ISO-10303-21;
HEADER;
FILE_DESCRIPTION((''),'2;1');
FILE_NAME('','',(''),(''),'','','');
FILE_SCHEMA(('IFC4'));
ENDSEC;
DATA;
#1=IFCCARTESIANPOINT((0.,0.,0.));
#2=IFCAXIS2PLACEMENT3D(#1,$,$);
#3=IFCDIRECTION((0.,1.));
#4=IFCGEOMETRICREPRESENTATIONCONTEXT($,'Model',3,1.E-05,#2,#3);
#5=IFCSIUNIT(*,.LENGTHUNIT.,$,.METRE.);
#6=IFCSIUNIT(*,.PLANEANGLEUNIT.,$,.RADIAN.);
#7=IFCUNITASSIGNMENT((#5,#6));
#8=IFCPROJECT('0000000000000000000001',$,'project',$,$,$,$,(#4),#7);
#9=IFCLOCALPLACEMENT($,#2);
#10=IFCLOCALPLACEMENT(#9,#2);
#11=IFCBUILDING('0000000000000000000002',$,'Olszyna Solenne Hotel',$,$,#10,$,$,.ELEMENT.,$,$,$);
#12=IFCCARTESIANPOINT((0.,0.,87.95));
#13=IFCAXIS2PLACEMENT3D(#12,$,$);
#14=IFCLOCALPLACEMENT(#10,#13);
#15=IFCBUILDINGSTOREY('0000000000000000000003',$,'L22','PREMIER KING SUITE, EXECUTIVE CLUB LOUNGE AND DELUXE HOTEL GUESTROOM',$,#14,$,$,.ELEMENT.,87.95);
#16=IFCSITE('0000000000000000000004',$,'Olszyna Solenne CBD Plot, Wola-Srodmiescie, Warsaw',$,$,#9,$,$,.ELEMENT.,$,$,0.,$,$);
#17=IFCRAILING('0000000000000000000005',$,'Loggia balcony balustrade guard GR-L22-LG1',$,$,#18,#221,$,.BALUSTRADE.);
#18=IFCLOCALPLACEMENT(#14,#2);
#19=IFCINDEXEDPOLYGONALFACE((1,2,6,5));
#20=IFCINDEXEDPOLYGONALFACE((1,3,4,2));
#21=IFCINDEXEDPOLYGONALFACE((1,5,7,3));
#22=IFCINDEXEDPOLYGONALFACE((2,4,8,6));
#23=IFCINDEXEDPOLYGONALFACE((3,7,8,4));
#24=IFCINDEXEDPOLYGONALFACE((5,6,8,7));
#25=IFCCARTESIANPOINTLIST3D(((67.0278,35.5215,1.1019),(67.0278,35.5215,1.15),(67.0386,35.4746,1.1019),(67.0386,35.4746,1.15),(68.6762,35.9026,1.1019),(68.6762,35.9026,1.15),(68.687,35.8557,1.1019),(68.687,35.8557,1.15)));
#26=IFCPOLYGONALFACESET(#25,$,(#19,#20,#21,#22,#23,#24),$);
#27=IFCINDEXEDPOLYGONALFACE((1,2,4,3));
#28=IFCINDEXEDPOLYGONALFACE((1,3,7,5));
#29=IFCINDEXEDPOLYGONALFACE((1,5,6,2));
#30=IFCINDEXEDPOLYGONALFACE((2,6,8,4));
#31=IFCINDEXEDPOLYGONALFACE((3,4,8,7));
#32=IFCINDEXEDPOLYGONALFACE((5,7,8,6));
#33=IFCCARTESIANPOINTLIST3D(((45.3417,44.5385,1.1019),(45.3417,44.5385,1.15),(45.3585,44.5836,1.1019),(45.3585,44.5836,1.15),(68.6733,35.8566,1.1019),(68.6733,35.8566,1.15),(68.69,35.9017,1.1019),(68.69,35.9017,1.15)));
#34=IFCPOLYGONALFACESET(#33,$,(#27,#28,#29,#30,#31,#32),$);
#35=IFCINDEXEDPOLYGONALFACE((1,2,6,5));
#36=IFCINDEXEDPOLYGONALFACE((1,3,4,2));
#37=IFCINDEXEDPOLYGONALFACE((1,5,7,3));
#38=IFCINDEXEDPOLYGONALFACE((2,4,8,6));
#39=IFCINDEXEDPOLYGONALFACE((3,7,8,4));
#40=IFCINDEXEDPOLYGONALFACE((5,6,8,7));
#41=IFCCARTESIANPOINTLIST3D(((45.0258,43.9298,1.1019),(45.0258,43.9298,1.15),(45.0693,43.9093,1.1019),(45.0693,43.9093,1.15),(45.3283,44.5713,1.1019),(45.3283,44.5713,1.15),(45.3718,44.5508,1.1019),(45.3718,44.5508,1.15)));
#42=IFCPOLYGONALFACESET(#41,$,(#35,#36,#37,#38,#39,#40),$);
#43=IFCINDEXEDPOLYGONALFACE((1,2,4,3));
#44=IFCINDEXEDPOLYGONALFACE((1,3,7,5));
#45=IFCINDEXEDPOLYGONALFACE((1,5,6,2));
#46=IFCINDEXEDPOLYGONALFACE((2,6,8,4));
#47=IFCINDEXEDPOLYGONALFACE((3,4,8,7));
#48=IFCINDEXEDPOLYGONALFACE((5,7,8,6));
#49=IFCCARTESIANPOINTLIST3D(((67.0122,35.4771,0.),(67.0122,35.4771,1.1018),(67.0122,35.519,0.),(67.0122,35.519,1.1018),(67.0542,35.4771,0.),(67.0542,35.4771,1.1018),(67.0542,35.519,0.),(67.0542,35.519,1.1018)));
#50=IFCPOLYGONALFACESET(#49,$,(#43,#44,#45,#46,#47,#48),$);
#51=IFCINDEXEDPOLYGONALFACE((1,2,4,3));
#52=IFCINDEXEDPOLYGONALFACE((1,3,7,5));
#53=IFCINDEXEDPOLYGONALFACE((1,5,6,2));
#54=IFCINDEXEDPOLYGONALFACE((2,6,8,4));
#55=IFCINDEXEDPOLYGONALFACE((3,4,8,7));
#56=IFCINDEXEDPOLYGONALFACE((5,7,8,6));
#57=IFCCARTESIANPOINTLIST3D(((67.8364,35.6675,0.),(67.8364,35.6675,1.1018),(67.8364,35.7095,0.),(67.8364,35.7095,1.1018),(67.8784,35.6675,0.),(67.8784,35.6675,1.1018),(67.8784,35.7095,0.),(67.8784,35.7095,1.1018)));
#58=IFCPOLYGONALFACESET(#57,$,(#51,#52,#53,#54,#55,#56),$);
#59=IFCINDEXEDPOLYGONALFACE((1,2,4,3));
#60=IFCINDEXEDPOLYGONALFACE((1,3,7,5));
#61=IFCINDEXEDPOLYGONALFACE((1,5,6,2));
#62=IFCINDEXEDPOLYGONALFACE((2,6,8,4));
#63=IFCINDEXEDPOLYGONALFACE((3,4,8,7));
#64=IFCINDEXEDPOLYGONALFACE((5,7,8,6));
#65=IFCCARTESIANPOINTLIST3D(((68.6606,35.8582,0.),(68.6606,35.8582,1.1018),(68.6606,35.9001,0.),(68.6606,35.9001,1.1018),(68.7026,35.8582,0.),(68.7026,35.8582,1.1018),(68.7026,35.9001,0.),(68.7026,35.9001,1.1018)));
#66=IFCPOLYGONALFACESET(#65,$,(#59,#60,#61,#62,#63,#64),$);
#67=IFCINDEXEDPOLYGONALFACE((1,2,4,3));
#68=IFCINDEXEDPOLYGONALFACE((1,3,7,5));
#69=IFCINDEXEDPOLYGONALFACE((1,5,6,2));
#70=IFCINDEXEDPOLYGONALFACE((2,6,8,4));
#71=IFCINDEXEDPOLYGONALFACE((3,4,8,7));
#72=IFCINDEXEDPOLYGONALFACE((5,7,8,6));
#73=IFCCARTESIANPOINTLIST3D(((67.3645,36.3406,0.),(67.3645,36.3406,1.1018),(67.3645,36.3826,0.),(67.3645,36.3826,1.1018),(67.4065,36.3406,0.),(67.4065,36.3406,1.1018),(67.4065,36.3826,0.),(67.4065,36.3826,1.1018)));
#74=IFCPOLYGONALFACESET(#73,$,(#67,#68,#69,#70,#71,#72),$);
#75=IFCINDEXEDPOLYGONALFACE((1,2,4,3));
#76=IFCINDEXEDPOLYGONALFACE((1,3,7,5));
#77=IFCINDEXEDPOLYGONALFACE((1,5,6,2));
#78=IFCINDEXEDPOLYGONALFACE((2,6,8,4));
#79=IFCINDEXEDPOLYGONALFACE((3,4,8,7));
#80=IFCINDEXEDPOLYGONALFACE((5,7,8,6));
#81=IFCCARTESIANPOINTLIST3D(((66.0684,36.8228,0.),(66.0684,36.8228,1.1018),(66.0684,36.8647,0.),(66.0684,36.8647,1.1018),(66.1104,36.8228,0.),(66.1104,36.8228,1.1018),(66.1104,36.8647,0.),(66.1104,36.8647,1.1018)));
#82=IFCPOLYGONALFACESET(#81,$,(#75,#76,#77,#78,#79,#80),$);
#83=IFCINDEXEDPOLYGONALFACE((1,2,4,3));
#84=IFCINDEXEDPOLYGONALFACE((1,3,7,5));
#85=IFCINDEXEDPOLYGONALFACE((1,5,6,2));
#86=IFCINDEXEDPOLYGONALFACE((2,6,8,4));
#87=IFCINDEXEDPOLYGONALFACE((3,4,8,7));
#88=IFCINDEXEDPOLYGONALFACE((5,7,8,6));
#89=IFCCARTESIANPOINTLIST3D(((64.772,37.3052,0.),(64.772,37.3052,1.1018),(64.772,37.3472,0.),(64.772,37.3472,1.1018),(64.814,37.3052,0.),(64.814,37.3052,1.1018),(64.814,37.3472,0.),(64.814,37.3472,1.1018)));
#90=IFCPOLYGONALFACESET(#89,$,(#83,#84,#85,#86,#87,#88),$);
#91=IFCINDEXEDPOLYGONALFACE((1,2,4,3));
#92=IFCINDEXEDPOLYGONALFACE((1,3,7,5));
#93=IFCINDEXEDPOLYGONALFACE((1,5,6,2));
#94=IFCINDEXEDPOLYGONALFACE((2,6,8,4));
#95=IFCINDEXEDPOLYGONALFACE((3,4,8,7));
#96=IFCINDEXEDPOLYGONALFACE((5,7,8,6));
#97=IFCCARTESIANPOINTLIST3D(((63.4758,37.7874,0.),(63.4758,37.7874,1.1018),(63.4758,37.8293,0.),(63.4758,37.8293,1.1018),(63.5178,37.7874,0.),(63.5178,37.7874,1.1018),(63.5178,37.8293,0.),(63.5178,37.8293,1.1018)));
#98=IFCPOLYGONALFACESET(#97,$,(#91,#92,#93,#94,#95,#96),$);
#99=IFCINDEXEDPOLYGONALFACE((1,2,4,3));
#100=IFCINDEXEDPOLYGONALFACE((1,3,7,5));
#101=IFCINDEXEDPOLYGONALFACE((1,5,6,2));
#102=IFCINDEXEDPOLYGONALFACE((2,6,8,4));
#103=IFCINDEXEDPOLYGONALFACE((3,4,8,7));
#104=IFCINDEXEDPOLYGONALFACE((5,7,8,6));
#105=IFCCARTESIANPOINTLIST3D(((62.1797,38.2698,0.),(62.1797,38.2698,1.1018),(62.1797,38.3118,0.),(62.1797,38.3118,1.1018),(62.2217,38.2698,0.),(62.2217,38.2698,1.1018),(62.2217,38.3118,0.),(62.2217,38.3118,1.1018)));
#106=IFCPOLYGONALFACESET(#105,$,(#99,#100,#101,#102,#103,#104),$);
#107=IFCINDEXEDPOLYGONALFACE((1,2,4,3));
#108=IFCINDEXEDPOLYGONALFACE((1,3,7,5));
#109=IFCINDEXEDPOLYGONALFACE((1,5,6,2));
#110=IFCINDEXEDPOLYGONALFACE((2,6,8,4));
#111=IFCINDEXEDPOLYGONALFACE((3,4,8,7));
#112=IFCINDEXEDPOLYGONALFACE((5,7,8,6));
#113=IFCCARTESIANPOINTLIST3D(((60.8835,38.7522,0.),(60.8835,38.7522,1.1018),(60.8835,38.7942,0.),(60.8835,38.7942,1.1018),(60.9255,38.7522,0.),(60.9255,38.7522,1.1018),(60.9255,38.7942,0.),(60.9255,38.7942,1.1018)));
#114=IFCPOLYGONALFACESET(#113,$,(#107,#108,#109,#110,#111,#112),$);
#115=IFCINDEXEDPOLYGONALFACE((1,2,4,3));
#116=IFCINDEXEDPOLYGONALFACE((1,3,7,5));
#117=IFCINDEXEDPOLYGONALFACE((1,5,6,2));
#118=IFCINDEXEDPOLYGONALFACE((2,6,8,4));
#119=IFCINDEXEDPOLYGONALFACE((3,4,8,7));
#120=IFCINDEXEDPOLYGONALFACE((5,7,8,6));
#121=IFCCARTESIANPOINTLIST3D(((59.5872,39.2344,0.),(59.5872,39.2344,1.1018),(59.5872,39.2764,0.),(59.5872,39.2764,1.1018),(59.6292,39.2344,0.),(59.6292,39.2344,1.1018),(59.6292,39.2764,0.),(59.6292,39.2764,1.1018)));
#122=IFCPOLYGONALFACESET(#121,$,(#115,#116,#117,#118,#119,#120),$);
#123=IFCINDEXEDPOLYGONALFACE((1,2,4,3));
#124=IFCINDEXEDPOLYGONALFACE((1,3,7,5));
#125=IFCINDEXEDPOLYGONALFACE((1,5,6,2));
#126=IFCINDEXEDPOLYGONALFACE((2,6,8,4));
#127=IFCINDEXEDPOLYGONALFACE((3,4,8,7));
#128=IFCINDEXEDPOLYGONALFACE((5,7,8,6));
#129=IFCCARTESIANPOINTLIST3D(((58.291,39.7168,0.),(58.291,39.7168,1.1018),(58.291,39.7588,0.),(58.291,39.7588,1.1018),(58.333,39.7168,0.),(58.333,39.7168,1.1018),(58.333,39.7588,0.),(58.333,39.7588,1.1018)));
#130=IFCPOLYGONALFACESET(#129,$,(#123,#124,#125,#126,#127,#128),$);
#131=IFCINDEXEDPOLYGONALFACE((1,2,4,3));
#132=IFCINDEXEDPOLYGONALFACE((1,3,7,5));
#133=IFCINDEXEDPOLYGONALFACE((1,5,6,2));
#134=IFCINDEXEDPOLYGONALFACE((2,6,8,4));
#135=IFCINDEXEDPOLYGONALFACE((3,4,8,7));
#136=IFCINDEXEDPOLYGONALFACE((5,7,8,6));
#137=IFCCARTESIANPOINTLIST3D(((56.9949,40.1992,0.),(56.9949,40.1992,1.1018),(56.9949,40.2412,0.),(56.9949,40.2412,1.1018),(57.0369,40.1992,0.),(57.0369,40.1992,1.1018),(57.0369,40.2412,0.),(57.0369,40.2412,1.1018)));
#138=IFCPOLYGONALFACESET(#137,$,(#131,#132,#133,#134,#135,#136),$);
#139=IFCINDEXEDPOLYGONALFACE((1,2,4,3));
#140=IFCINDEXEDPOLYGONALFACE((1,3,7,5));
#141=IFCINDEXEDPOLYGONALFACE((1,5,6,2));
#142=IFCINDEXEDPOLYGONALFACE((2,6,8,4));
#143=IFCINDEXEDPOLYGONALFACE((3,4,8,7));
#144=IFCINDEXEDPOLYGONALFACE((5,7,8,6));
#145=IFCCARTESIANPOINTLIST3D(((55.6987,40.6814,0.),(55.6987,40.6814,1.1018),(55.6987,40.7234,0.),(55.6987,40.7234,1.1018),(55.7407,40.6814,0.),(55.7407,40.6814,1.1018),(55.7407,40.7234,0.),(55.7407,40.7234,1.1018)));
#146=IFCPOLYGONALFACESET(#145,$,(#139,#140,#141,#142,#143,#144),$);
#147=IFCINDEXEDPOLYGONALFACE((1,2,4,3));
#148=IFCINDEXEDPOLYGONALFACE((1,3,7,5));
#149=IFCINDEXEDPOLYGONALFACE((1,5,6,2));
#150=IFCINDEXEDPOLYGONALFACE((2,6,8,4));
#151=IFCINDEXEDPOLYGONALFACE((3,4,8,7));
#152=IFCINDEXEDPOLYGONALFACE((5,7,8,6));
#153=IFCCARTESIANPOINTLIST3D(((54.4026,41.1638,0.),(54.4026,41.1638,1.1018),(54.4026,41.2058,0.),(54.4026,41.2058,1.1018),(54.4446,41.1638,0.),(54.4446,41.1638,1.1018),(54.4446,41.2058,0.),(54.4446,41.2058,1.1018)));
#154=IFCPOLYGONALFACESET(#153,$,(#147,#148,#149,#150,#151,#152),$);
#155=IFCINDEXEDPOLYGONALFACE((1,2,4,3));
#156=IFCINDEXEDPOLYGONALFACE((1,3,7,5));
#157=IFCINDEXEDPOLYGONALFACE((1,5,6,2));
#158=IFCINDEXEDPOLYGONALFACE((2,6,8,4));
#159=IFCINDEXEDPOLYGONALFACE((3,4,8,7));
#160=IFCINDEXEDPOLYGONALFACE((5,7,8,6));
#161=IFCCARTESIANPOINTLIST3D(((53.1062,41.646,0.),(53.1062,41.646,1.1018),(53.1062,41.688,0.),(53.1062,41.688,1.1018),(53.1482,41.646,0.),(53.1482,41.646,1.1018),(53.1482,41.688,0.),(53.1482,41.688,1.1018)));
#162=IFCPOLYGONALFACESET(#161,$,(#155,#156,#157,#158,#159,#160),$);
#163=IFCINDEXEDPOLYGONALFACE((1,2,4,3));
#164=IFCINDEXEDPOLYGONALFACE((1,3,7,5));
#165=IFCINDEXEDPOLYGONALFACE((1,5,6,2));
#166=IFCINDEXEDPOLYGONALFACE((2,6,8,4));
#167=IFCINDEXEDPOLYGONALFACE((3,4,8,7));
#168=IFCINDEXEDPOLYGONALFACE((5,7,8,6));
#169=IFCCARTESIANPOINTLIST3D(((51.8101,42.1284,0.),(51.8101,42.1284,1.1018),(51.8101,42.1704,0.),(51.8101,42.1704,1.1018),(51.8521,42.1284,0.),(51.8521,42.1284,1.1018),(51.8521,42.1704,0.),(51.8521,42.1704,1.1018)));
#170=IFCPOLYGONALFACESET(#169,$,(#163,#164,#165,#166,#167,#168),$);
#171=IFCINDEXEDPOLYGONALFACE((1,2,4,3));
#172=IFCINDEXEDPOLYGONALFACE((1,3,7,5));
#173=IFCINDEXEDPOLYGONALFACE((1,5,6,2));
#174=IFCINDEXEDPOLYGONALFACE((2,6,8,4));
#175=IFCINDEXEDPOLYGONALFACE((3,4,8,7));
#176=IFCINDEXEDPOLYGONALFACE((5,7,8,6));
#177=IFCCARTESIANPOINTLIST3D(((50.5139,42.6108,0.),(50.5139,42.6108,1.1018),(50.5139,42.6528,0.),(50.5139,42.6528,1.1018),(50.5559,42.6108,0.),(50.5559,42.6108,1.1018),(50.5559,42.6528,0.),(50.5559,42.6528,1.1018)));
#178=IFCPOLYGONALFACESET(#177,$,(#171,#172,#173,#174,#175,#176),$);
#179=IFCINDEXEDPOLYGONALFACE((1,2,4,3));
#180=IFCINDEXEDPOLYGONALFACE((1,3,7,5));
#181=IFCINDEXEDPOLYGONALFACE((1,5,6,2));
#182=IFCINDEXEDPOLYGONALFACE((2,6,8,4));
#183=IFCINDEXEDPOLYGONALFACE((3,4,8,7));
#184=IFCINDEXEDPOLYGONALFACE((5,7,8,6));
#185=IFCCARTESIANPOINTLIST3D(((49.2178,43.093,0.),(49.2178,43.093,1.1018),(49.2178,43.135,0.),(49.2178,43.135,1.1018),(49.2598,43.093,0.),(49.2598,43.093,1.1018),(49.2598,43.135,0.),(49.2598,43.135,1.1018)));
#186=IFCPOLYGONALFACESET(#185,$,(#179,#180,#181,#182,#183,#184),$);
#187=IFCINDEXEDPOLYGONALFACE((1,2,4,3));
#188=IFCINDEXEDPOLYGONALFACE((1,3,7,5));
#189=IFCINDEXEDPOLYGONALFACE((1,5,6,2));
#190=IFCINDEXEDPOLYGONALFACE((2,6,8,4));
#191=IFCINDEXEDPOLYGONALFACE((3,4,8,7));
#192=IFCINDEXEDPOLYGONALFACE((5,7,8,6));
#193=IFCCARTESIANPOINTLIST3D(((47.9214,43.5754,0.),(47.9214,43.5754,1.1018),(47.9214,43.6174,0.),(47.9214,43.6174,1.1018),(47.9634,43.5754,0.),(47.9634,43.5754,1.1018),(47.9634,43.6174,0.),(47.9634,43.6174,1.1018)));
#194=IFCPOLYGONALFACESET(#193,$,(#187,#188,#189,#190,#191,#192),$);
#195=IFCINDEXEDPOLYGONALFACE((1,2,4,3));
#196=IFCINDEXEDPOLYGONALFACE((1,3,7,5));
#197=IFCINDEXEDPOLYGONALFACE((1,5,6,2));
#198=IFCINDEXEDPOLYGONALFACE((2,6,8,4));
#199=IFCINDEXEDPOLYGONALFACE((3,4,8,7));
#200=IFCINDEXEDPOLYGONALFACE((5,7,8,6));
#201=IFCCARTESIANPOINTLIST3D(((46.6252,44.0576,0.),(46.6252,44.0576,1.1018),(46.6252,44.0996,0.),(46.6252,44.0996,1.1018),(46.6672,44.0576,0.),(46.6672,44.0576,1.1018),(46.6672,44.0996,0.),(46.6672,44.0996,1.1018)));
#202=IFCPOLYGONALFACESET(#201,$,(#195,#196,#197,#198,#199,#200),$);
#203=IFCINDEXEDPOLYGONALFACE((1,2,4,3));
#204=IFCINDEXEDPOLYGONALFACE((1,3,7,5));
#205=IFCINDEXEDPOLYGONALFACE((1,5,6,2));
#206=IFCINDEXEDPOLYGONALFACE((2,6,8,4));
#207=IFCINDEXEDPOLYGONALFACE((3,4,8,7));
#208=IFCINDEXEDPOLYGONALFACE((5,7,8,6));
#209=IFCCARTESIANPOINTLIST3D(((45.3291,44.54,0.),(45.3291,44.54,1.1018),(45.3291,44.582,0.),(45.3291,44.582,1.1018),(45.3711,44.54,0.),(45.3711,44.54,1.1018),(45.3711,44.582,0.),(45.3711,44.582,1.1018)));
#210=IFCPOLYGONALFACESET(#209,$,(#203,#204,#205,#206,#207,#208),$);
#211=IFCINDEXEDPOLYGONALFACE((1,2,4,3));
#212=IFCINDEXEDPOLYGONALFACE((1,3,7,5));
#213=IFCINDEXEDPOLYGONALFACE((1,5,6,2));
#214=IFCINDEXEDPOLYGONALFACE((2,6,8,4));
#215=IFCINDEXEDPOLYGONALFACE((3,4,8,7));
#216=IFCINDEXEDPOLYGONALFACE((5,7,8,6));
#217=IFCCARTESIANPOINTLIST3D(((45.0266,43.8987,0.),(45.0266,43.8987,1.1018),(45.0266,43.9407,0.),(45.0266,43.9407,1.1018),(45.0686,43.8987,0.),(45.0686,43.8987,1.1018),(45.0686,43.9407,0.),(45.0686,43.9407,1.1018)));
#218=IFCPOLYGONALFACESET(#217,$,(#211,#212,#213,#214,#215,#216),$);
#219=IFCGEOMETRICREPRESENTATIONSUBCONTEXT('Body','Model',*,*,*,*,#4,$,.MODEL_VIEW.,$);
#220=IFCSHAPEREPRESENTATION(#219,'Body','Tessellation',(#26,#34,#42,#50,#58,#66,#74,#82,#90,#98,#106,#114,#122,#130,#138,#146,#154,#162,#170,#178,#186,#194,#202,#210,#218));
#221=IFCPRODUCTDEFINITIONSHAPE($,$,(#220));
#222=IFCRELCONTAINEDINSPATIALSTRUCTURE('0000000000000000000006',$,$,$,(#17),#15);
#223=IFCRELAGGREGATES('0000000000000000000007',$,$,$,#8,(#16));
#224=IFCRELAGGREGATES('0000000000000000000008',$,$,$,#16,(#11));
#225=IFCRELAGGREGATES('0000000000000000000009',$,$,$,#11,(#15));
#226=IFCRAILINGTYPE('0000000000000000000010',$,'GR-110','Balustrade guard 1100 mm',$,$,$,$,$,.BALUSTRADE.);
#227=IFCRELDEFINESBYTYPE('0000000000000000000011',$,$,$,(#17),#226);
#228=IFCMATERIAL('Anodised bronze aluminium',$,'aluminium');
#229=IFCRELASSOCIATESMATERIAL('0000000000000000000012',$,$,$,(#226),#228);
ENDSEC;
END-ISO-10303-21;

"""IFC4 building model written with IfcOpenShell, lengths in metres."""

from ifc_helpers import new_model, si_unit, direction, frame, origin, origin_2d, place, context, subcontext, project, spatial, rectangle, extrude, material, type_object, element, save


model = new_model("IFC4")

# Units and contexts
model_context = context("Model", 3, precision=1e-05, world=origin(), true_north=direction((0.0, 1.0)))
body_context = subcontext(model_context, "Body", "Model", "MODEL_VIEW")
ifc_project = project(units=[si_unit("LENGTHUNIT", "METRE"), si_unit("PLANEANGLEUNIT", "RADIAN")], contexts=[model_context])

# Site, building, storey
site_placement = place(None, origin())
site = spatial("IfcSite", under=ifc_project, at=site_placement, Name="Olszyna Solenne CBD Plot, Wola-Srodmiescie, Warsaw", CompositionType="ELEMENT", RefElevation=0.0)
building_placement = place(site_placement, origin())
building = spatial("IfcBuilding", under=site, at=building_placement, Name="Olszyna Solenne Hotel", CompositionType="ELEMENT")
storey_placement = place(building_placement, frame((0.0, 0.0, 87.95)))
storey = spatial("IfcBuildingStorey", under=building, at=storey_placement, Name="L22", Description="PREMIER KING SUITE, EXECUTIVE CLUB LOUNGE AND DELUXE HOTEL GUESTROOM", CompositionType="ELEMENT", Elevation=87.95)

# Railing
ifc_material_1 = material(Name="Anodised bronze aluminium", Category="aluminium")
railing_type = type_object("IfcRailingType", Name="GR-110", Description="Balustrade guard 1100 mm", PredefinedType="BALUSTRADE", material=ifc_material_1)
railing_placement = place(storey_placement, frame((67.0332, 35.498, 0.0)))
element("IfcRailing", 1, at=railing_placement, inside=storey, type_object=railing_type, Name="Loggia balcony balustrade guard GR-L22-LG1", PredefinedType="BALUSTRADE", context=body_context, shape_type="SweptSolid", body=[
    extrude(rectangle(XDim=0.0481, YDim=0.0481, at=origin_2d()), frame((0.0, 0.0, 1.126), z_axis=(0.974301, 0.225249, 0.0), x_axis=(-0.225249, 0.974301, 0.0)), (0.0, 0.0, 1.0), 1.6919),
    extrude(rectangle(XDim=0.0481, YDim=0.0481, at=origin_2d()), frame((1.6484, 0.3811, 1.126), z_axis=(-0.937217, 0.348747, 0.0), x_axis=(-0.348747, -0.937217, 0.0)), (0.0, 0.0, 1.0), 24.8945),
    extrude(rectangle(XDim=0.0481, YDim=0.0481, at=origin_2d()), frame((-21.6831, 9.063, 1.126), z_axis=(-0.426576, -0.904452, 0.0), x_axis=(0.904452, -0.426576, 0.0)), (0.0, 0.0, 1.0), 0.7092),
    extrude(rectangle(XDim=0.042, YDim=0.042, at=origin_2d()), origin(), (0.0, 0.0, 1.0), 1.1018),
    extrude(rectangle(XDim=0.042, YDim=0.042, at=origin_2d()), frame((0.8242, 0.1904, 0.0)), (0.0, 0.0, 1.0), 1.1018),
    extrude(rectangle(XDim=0.042, YDim=0.042, at=origin_2d()), frame((1.6484, 0.3811, 0.0)), (0.0, 0.0, 1.0), 1.1018),
    extrude(rectangle(XDim=0.042, YDim=0.042, at=origin_2d()), frame((0.3523, 0.8635, 0.0)), (0.0, 0.0, 1.0), 1.1018),
    extrude(rectangle(XDim=0.042, YDim=0.042, at=origin_2d()), frame((-0.9438, 1.3457, 0.0)), (0.0, 0.0, 1.0), 1.1018),
    extrude(rectangle(XDim=0.042, YDim=0.042, at=origin_2d()), frame((-2.2402, 1.8281, 0.0)), (0.0, 0.0, 1.0), 1.1018),
    extrude(rectangle(XDim=0.042, YDim=0.042, at=origin_2d()), frame((-3.5364, 2.3103, 0.0)), (0.0, 0.0, 1.0), 1.1018),
    extrude(rectangle(XDim=0.042, YDim=0.042, at=origin_2d()), frame((-4.8325, 2.7927, 0.0)), (0.0, 0.0, 1.0), 1.1018),
    extrude(rectangle(XDim=0.042, YDim=0.042, at=origin_2d()), frame((-6.1287, 3.2751, 0.0)), (0.0, 0.0, 1.0), 1.1018),
    extrude(rectangle(XDim=0.042, YDim=0.042, at=origin_2d()), frame((-7.425, 3.7573, 0.0)), (0.0, 0.0, 1.0), 1.1018),
    extrude(rectangle(XDim=0.042, YDim=0.042, at=origin_2d()), frame((-8.7212, 4.2397, 0.0)), (0.0, 0.0, 1.0), 1.1018),
    extrude(rectangle(XDim=0.042, YDim=0.042, at=origin_2d()), frame((-10.0173, 4.7222, 0.0)), (0.0, 0.0, 1.0), 1.1018),
    extrude(rectangle(XDim=0.042, YDim=0.042, at=origin_2d()), frame((-11.3135, 5.2043, 0.0)), (0.0, 0.0, 1.0), 1.1018),
    extrude(rectangle(XDim=0.042, YDim=0.042, at=origin_2d()), frame((-12.6096, 5.6868, 0.0)), (0.0, 0.0, 1.0), 1.1018),
    extrude(rectangle(XDim=0.042, YDim=0.042, at=origin_2d()), frame((-13.906, 6.1689, 0.0)), (0.0, 0.0, 1.0), 1.1018),
    extrude(rectangle(XDim=0.042, YDim=0.042, at=origin_2d()), frame((-15.2021, 6.6514, 0.0)), (0.0, 0.0, 1.0), 1.1018),
    extrude(rectangle(XDim=0.042, YDim=0.042, at=origin_2d()), frame((-16.4983, 7.1338, 0.0)), (0.0, 0.0, 1.0), 1.1018),
    extrude(rectangle(XDim=0.042, YDim=0.042, at=origin_2d()), frame((-17.7944, 7.616, 0.0)), (0.0, 0.0, 1.0), 1.1018),
    extrude(rectangle(XDim=0.042, YDim=0.042, at=origin_2d()), frame((-19.0908, 8.0984, 0.0)), (0.0, 0.0, 1.0), 1.1018),
    extrude(rectangle(XDim=0.042, YDim=0.042, at=origin_2d()), frame((-20.387, 8.5806, 0.0)), (0.0, 0.0, 1.0), 1.1018),
    extrude(rectangle(XDim=0.042, YDim=0.042, at=origin_2d()), frame((-21.6831, 9.063, 0.0)), (0.0, 0.0, 1.0), 1.1018),
    extrude(rectangle(XDim=0.042, YDim=0.042, at=origin_2d()), frame((-21.9856, 8.4216, 0.0)), (0.0, 0.0, 1.0), 1.1018),
])

save(model, "model.ifc")
